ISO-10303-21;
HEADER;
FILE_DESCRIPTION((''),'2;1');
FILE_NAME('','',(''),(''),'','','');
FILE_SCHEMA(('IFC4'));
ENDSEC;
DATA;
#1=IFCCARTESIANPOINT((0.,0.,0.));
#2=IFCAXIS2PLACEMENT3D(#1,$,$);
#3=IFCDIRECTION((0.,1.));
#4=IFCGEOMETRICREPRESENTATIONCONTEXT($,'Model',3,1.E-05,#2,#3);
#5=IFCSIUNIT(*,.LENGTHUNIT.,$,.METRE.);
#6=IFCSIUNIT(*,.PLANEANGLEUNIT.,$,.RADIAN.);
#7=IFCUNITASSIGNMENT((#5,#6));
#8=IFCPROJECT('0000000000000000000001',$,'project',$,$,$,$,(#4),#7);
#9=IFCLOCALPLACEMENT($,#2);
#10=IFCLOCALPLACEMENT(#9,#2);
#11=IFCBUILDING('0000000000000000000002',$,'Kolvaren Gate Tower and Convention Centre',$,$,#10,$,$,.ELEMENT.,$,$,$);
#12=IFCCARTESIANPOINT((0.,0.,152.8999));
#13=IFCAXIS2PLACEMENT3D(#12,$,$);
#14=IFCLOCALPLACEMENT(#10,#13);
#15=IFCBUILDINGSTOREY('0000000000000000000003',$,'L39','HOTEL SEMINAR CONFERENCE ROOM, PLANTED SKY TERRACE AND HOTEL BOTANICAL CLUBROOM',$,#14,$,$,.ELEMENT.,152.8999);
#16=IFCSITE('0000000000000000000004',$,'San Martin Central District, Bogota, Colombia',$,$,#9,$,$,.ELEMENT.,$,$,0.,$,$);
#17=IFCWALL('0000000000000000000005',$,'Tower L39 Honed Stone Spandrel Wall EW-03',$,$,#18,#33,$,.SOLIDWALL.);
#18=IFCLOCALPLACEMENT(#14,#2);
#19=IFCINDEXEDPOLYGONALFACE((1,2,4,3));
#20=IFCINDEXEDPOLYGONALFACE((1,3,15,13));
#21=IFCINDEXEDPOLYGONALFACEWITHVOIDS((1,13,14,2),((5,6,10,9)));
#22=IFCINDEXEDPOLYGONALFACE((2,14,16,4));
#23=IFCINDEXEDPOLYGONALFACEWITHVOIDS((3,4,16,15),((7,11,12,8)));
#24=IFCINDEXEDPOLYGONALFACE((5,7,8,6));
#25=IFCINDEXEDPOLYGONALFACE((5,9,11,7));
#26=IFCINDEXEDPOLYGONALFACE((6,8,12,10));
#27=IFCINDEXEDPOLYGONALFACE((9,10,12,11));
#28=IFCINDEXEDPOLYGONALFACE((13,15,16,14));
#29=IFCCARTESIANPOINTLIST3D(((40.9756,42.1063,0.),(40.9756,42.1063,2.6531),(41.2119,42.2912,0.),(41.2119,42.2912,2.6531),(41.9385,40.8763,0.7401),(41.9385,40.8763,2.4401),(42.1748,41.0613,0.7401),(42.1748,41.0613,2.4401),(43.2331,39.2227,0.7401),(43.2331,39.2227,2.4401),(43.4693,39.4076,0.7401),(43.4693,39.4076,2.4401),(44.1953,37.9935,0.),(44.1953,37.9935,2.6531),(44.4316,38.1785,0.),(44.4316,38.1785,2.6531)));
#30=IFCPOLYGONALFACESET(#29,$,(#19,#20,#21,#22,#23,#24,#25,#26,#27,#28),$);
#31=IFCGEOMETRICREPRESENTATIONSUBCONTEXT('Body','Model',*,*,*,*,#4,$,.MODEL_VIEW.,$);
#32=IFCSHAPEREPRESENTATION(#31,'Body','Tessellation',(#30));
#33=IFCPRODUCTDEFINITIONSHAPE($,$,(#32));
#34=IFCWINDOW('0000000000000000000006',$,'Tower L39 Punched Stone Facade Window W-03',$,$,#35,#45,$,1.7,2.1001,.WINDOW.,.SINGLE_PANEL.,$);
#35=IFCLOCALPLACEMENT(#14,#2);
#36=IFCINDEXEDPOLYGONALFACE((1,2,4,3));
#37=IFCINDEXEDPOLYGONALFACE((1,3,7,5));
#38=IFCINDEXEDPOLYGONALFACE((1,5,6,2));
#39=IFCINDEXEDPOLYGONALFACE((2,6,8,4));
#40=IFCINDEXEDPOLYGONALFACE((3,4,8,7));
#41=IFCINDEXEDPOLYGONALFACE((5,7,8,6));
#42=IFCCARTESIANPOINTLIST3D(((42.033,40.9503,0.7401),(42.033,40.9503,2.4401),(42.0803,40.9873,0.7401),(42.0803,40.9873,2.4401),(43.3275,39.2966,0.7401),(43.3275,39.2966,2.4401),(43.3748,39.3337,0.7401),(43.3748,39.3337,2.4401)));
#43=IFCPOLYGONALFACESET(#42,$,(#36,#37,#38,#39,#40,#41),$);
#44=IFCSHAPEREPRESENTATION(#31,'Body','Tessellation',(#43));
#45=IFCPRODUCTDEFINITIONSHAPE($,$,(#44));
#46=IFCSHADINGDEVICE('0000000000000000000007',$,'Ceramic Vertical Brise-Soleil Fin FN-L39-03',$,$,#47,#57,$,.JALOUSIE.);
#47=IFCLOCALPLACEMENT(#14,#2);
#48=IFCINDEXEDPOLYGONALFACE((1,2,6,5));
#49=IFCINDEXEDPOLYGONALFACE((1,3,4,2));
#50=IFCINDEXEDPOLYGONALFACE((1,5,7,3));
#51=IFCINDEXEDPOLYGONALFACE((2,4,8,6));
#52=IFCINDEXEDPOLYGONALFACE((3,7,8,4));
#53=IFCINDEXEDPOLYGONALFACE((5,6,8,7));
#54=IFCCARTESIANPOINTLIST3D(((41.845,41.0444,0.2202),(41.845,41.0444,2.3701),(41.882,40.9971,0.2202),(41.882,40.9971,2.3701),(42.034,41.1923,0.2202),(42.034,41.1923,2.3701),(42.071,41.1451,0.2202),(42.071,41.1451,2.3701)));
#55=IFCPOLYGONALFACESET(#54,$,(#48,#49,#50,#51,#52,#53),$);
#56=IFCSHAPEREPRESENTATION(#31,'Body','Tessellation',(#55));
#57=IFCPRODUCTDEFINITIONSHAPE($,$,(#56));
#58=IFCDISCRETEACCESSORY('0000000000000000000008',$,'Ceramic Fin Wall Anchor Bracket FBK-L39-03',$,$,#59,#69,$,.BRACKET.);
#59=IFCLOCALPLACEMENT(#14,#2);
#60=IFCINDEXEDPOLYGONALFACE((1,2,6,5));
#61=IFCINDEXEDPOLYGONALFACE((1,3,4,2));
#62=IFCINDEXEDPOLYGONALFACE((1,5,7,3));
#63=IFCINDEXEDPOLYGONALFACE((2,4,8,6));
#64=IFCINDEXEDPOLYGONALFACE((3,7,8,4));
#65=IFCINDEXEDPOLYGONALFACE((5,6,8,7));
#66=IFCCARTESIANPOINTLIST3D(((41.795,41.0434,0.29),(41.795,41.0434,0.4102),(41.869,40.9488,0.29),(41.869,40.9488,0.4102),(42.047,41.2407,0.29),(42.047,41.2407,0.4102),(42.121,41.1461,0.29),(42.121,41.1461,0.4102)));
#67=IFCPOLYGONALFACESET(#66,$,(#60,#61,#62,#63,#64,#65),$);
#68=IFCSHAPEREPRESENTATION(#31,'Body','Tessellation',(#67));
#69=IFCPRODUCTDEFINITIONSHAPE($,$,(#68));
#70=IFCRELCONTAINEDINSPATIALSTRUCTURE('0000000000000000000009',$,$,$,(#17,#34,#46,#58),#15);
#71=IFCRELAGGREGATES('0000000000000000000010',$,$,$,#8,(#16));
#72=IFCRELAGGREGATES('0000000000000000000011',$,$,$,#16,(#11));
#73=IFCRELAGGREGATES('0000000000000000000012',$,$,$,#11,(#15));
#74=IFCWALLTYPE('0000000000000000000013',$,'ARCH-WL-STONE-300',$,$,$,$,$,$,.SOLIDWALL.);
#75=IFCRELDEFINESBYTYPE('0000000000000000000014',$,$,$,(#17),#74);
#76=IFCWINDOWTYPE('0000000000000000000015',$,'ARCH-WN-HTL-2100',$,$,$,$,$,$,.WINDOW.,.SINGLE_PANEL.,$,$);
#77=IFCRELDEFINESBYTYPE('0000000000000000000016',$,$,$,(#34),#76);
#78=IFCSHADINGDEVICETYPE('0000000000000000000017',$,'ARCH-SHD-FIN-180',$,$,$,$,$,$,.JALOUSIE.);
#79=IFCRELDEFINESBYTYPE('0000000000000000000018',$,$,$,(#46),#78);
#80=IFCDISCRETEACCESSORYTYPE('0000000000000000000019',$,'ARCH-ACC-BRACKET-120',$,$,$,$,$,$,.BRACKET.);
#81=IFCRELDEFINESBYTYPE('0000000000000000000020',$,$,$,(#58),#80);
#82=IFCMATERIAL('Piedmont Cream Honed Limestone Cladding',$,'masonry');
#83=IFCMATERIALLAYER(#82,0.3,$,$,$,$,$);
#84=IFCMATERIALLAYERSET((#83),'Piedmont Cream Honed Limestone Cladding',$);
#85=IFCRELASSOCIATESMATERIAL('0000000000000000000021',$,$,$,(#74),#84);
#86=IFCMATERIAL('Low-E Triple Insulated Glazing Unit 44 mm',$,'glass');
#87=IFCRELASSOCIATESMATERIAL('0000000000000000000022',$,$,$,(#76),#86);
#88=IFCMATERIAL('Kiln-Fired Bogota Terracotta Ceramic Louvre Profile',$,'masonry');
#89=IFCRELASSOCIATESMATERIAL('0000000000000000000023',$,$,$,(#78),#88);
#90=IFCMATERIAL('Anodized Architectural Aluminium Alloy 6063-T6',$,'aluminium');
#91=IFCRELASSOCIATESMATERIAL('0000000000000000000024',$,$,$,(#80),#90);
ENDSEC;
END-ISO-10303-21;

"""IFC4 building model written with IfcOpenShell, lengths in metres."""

from ifc_helpers import new_model, si_unit, direction, frame, frame_2d, origin, origin_2d, place, context, subcontext, project, spatial, rectangle, extrude, material, layer, layer_set, type_object, element, fill, save


model = new_model("IFC4")

# Units and contexts
model_context = context("Model", 3, precision=1e-05, world=origin(), true_north=direction((0.0, 1.0)))
body_context = subcontext(model_context, "Body", "Model", "MODEL_VIEW")
ifc_project = project(units=[si_unit("LENGTHUNIT", "METRE"), si_unit("PLANEANGLEUNIT", "RADIAN")], contexts=[model_context])

# Site, building, storey
site_placement = place(None, origin())
site = spatial("IfcSite", under=ifc_project, at=site_placement, Name="San Martin Central District, Bogota, Colombia", CompositionType="ELEMENT", RefElevation=0.0)
building_placement = place(site_placement, origin())
building = spatial("IfcBuilding", under=site, at=building_placement, Name="Kolvaren Gate Tower and Convention Centre", CompositionType="ELEMENT")
storey_placement = place(building_placement, frame((0.0, 0.0, 152.8999)))
storey = spatial("IfcBuildingStorey", under=building, at=storey_placement, Name="L39", Description="HOTEL SEMINAR CONFERENCE ROOM, PLANTED SKY TERRACE AND HOTEL BOTANICAL CLUBROOM", CompositionType="ELEMENT", Elevation=152.8999)

# Shared definitions
ifc_material_1 = material(Name="Piedmont Cream Honed Limestone Cladding", Category="masonry")

# Shared definitions
ifc_layer_1 = layer(ifc_material_1, 0.3)
ifc_layer_set_1 = layer_set([ifc_layer_1], Name="Piedmont Cream Honed Limestone Cladding")
wall_type_1 = type_object("IfcWallType", Name="ARCH-WL-STONE-300", PredefinedType="SOLIDWALL", material=ifc_layer_set_1)
ifc_material_2 = material(Name="Low-E Triple Insulated Glazing Unit 44 mm", Category="glass")
window_type = type_object("IfcWindowType", Name="ARCH-WN-HTL-2100", PartitioningType="SINGLE_PANEL", PredefinedType="WINDOW", material=ifc_material_2)

# Shared definitions
ifc_material_3 = material(Name="Anodized Architectural Aluminium Alloy 6063-T6", Category="aluminium")

# Wall, opening, window
wall_1_placement = place(storey_placement, frame((41.0938, 42.1987, 0.0), z_axis=(0.0, 0.0, 1.0), x_axis=(0.616429, -0.78741, 0.0)))
wall_1 = element("IfcWall", 1, at=wall_1_placement, inside=storey, type_object=wall_type_1, Name="Tower L39 Honed Stone Spandrel Wall EW-03", PredefinedType="SOLIDWALL", context=body_context, shape_type="SweptSolid", body=[
    extrude(rectangle(XDim=5.2231, YDim=0.3, at=frame_2d((2.6116, 0.0))), origin(), (0.0, 0.0, 1.0), 2.6531),
])
opening_1_placement = place(wall_1_placement, frame((1.562, 0.0, 0.74)))
opening_1 = element("IfcOpeningElement", 2, at=opening_1_placement, cuts=wall_1, PredefinedType="OPENING", context=body_context, shape_type="SweptSolid", body=[
    extrude(rectangle(XDim=2.1001, YDim=1.7, at=frame_2d((1.05, 0.8501))), frame((0.0, 0.1599, 0.0), z_axis=(0.0, -1.0, 0.0), x_axis=(1.0, 0.0, 0.0)), (0.0, 0.0, 1.0), 0.3201),
])
window_1_placement = place(opening_1_placement, origin())
window_1 = element("IfcWindow", 3, at=window_1_placement, inside=storey, type_object=window_type, Name="Tower L39 Punched Stone Facade Window W-03", OverallHeight=1.7, OverallWidth=2.1001, PartitioningType="SINGLE_PANEL", PredefinedType="WINDOW", context=body_context, shape_type="SweptSolid", body=[
    extrude(rectangle(XDim=2.1001, YDim=1.7, at=frame_2d((1.05, 0.8501))), frame((0.0, 0.03, 0.0), z_axis=(0.0, -1.0, 0.0), x_axis=(1.0, 0.0, 0.0)), (0.0, 0.0, 1.0), 0.0601),
])
fill(opening_1, window_1)

# Shading device
ifc_material_4 = material(Name="Kiln-Fired Bogota Terracotta Ceramic Louvre Profile", Category="masonry")
shading_device_type = type_object("IfcShadingDeviceType", Name="ARCH-SHD-FIN-180", PredefinedType="JALOUSIE", material=ifc_material_4)
shading_device_placement = place(storey_placement, frame((41.958, 41.0947, 0.2202), z_axis=(0.0, 0.0, 1.0), x_axis=(0.616434, -0.787406, 0.0)))
element("IfcShadingDevice", 4, at=shading_device_placement, inside=storey, type_object=shading_device_type, Name="Ceramic Vertical Brise-Soleil Fin FN-L39-03", PredefinedType="JALOUSIE", context=body_context, shape_type="SweptSolid", body=[
    extrude(rectangle(XDim=0.0601, YDim=0.24, at=origin_2d()), origin(), (0.0, 0.0, 1.0), 2.1499),
])

# Discrete accessory
discrete_accessory_type = type_object("IfcDiscreteAccessoryType", Name="ARCH-ACC-BRACKET-120", PredefinedType="BRACKET", material=ifc_material_3)
discrete_accessory_placement = place(storey_placement, frame((41.958, 41.0947, 0.29), z_axis=(0.0, 0.0, 1.0), x_axis=(0.616434, -0.787406, 0.0)))
element("IfcDiscreteAccessory", 5, at=discrete_accessory_placement, inside=storey, type_object=discrete_accessory_type, Name="Ceramic Fin Wall Anchor Bracket FBK-L39-03", PredefinedType="BRACKET", context=body_context, shape_type="SweptSolid", body=[
    extrude(rectangle(XDim=0.1201, YDim=0.3201, at=origin_2d()), origin(), (0.0, 0.0, 1.0), 0.1201),
])

save(model, "model.ifc")
